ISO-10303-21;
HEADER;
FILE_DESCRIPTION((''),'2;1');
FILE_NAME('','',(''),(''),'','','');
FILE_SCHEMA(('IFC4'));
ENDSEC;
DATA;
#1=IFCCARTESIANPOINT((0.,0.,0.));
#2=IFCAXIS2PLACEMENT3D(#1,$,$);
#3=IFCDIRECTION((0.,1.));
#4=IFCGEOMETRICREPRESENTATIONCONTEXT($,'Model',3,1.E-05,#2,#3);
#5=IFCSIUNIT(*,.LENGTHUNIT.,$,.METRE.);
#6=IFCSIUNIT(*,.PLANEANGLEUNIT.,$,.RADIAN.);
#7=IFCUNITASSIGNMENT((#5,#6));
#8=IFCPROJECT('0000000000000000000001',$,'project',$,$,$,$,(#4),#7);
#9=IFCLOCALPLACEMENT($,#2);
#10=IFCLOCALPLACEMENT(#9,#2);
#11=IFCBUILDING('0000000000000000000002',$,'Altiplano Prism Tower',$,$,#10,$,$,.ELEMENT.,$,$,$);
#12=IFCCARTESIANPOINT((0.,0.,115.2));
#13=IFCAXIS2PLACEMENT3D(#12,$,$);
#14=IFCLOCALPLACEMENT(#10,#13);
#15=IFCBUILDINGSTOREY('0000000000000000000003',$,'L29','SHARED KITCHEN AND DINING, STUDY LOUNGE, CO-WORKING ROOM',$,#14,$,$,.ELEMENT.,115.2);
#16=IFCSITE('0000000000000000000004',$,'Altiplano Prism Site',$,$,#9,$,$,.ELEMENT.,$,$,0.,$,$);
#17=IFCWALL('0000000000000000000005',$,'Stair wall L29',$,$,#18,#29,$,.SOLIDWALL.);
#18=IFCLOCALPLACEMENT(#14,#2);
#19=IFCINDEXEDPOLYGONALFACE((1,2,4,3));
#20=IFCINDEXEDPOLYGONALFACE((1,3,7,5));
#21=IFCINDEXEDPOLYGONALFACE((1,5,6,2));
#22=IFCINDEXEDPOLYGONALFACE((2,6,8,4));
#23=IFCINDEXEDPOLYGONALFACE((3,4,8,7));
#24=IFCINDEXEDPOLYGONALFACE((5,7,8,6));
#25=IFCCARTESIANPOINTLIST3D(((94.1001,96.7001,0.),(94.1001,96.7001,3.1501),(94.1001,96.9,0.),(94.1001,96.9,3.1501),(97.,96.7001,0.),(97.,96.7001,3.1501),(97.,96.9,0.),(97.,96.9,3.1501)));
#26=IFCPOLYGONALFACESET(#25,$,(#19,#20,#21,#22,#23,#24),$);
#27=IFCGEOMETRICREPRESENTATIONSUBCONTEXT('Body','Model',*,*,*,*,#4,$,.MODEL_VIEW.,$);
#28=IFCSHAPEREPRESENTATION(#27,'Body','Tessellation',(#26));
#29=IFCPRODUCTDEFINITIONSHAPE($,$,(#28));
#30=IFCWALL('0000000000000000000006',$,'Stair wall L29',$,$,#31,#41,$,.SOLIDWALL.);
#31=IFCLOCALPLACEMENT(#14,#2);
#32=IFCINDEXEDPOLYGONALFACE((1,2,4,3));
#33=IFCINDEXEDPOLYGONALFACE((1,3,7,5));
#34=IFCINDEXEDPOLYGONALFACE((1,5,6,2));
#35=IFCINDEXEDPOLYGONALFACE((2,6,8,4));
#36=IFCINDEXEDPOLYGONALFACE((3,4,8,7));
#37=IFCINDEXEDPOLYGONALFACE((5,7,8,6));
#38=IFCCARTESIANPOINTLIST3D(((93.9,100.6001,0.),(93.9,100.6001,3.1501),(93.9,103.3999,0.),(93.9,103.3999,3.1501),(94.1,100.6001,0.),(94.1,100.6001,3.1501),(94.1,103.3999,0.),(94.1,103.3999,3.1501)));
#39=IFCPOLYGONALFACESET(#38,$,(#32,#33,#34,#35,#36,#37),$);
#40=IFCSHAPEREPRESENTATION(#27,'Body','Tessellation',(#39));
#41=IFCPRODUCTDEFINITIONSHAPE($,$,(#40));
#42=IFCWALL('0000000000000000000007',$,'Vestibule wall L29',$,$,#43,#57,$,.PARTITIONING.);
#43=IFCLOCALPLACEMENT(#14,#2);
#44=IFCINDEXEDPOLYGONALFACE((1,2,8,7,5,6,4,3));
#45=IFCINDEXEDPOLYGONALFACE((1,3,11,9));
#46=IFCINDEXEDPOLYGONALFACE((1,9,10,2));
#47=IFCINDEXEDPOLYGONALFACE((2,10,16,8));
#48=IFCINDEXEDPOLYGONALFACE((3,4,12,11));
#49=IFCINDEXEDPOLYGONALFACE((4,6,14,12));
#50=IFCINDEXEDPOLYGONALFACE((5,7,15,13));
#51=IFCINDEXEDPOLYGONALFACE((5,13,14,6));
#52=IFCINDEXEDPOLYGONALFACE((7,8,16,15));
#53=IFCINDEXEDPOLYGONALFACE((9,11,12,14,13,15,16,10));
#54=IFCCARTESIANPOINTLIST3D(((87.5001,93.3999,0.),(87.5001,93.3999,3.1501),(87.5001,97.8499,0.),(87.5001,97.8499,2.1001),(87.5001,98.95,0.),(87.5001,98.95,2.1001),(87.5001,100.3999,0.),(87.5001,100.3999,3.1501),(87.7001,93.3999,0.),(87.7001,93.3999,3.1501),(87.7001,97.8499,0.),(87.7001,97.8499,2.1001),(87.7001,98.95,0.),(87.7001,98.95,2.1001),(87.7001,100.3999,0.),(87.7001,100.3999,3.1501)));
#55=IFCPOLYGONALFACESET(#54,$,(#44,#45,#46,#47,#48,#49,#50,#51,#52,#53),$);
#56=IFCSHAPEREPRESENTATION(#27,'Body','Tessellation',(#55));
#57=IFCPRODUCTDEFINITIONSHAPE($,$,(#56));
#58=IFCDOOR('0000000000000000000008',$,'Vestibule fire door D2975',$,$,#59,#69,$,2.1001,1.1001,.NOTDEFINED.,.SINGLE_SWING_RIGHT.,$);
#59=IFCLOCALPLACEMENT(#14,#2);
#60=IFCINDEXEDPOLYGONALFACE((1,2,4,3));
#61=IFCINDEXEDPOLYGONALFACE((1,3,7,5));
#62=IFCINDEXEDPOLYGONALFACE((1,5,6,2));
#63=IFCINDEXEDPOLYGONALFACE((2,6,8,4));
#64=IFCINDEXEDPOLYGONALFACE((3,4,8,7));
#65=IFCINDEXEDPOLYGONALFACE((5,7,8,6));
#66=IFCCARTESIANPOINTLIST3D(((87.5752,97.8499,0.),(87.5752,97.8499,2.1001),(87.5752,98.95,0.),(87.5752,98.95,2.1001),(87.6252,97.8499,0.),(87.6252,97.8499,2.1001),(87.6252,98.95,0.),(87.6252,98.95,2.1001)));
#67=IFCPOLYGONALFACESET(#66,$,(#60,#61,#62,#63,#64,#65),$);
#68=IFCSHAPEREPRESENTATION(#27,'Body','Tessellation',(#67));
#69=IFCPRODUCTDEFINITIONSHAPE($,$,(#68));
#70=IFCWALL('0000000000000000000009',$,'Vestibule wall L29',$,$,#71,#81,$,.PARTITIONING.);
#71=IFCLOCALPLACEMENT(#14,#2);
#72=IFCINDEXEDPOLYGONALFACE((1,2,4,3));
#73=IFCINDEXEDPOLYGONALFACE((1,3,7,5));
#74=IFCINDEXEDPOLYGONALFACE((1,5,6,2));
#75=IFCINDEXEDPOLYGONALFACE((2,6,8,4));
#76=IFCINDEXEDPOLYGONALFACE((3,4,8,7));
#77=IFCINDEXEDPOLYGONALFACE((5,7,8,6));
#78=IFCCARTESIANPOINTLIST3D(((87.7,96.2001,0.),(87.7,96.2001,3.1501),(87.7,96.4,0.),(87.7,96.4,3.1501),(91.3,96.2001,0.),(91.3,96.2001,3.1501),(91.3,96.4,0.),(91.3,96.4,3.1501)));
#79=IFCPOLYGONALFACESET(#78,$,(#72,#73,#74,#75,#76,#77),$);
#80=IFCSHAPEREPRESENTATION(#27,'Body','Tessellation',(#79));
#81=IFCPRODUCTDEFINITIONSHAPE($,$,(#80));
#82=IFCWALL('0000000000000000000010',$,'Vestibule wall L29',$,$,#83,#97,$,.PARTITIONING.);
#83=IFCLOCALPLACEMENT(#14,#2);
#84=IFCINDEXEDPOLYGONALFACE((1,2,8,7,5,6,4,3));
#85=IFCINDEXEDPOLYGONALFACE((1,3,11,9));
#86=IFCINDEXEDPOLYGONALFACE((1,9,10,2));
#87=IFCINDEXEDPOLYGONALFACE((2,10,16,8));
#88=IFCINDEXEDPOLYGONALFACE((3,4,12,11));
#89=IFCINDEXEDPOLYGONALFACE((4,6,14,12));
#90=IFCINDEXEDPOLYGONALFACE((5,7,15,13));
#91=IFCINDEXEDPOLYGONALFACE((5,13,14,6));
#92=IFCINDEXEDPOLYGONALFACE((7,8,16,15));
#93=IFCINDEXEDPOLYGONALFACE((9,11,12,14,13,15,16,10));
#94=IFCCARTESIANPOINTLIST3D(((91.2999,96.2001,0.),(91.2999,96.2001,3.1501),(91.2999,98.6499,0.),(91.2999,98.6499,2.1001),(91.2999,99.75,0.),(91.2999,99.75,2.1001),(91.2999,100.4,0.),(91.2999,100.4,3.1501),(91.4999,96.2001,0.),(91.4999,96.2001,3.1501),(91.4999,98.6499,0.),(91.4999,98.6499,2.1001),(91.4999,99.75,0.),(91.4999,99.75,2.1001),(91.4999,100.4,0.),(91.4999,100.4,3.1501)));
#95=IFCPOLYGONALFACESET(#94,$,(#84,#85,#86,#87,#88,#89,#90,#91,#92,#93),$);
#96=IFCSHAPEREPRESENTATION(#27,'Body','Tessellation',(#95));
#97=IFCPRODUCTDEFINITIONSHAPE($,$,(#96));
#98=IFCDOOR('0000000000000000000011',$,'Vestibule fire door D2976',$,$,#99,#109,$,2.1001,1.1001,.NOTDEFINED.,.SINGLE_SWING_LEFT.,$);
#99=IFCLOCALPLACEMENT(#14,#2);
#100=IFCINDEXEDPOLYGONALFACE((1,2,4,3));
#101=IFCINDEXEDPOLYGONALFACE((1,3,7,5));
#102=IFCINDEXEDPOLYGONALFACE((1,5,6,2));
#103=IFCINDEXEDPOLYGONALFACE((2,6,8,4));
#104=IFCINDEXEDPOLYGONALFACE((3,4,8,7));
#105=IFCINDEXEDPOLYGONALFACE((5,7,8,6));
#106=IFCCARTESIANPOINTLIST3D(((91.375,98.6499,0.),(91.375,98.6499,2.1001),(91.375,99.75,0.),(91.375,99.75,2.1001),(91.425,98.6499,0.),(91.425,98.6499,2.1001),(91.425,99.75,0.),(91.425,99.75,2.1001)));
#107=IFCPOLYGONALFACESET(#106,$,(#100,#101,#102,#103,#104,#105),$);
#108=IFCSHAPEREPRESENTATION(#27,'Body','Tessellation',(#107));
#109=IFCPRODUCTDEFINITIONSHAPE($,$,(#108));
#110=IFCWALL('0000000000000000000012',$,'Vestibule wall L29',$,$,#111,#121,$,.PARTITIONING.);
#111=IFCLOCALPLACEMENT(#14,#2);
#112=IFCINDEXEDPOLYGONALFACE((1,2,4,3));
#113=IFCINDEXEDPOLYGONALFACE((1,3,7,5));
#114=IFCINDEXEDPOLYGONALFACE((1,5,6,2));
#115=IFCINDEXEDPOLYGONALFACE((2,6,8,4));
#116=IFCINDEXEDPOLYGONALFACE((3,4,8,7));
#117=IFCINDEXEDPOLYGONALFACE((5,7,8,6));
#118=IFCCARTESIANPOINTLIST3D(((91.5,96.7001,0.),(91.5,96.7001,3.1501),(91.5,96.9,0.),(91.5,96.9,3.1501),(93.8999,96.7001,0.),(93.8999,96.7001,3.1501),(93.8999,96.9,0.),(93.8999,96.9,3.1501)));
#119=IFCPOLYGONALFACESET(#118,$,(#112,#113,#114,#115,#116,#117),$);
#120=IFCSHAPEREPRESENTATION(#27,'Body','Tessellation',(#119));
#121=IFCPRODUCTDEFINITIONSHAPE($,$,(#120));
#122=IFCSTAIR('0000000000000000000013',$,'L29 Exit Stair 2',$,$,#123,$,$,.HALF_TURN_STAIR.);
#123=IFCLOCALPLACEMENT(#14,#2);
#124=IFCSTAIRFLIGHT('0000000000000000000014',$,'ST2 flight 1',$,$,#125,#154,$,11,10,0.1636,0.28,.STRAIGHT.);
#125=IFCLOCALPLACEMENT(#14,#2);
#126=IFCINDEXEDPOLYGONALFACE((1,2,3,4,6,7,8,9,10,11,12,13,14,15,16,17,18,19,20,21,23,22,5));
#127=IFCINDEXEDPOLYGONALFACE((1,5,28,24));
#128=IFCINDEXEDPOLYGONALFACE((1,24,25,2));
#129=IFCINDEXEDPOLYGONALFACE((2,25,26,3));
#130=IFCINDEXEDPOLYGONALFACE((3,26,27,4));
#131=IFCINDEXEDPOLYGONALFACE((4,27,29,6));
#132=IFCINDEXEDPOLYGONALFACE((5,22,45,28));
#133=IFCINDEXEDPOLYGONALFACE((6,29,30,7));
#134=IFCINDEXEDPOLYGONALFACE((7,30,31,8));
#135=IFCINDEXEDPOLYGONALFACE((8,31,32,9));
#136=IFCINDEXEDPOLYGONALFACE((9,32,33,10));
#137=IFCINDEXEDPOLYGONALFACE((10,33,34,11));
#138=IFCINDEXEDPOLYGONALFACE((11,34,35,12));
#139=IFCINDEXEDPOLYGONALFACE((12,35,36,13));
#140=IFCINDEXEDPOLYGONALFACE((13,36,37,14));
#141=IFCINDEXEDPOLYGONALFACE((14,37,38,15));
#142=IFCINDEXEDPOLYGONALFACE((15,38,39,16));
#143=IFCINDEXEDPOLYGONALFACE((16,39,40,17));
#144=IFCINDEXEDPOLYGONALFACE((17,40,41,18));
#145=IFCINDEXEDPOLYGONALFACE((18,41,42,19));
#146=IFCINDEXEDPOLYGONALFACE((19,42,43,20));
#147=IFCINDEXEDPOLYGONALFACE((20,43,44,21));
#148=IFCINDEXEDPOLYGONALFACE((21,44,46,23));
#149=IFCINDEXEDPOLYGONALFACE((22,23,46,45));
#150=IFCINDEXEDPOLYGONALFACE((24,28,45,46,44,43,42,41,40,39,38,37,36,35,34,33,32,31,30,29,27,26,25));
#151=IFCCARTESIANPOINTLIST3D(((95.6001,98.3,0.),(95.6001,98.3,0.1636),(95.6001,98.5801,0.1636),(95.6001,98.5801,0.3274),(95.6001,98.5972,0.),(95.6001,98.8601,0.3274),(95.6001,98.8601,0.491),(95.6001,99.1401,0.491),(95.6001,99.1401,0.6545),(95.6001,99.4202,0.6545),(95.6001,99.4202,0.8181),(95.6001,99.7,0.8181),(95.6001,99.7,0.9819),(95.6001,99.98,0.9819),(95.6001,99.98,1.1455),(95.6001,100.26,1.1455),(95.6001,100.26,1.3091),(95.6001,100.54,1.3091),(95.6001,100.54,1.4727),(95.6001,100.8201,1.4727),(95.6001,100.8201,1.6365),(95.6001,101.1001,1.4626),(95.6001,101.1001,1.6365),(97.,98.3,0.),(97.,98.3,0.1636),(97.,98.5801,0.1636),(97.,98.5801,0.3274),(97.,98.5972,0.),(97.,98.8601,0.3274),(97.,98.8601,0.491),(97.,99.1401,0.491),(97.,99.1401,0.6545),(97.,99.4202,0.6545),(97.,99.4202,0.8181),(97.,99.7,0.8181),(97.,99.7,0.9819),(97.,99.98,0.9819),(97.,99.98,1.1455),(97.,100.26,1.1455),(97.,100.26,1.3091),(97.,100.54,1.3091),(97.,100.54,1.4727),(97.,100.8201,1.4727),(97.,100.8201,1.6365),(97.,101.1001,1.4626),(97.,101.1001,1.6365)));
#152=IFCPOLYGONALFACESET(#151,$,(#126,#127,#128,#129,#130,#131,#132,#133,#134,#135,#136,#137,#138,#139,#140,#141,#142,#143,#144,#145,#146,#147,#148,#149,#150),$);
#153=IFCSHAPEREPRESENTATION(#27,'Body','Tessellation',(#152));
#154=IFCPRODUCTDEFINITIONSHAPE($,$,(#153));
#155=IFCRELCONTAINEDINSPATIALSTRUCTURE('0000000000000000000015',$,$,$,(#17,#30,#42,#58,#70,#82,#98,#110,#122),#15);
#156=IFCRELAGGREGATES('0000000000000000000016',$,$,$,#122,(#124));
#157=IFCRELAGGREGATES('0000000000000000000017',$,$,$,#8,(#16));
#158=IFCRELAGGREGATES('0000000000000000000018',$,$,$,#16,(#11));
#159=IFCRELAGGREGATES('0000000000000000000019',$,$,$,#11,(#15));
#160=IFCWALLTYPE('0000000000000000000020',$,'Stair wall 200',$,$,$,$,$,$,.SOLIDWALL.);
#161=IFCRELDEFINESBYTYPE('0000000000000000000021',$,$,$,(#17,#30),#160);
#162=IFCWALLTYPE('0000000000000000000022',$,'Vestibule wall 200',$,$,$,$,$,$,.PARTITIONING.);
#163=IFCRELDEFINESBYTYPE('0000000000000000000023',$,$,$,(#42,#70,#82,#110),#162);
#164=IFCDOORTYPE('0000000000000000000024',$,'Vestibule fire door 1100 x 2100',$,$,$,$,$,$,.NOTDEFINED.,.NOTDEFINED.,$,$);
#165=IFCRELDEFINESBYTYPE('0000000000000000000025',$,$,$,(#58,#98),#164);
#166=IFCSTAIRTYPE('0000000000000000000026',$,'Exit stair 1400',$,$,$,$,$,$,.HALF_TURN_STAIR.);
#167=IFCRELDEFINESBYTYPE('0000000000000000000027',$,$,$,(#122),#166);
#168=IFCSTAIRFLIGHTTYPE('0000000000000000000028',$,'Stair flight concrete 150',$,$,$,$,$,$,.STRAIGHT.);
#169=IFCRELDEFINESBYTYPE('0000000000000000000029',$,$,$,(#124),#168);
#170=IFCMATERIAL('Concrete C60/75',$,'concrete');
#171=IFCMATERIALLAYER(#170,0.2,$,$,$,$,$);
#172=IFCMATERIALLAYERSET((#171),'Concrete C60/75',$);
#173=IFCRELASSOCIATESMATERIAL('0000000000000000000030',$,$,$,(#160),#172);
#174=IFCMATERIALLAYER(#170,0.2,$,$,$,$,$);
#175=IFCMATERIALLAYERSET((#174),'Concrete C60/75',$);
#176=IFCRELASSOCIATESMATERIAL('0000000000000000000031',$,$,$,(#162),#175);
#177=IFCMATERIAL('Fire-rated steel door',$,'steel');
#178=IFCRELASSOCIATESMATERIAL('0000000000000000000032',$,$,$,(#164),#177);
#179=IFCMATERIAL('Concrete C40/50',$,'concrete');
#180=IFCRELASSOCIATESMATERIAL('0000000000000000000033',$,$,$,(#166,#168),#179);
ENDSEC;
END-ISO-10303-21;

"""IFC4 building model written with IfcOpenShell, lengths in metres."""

from ifc_helpers import new_model, si_unit, direction, frame, frame_2d, origin, place, context, subcontext, project, spatial, polyline, rectangle, outline, extrude, material, layer, layer_set, type_object, element, fill, aggregate, save


model = new_model("IFC4")

# Units and contexts
model_context = context("Model", 3, precision=1e-05, world=origin(), true_north=direction((0.0, 1.0)))
body_context = subcontext(model_context, "Body", "Model", "MODEL_VIEW")
ifc_project = project(units=[si_unit("LENGTHUNIT", "METRE"), si_unit("PLANEANGLEUNIT", "RADIAN")], contexts=[model_context])

# Site, building, storey
site_placement = place(None, origin())
site = spatial("IfcSite", under=ifc_project, at=site_placement, Name="Altiplano Prism Site", CompositionType="ELEMENT", RefElevation=0.0)
building_placement = place(site_placement, origin())
building = spatial("IfcBuilding", under=site, at=building_placement, Name="Altiplano Prism Tower", CompositionType="ELEMENT")
storey_placement = place(building_placement, frame((0.0, 0.0, 115.2)))
storey = spatial("IfcBuildingStorey", under=building, at=storey_placement, Name="L29", Description="SHARED KITCHEN AND DINING, STUDY LOUNGE, CO-WORKING ROOM", CompositionType="ELEMENT", Elevation=115.2)

# Shared definitions
ifc_material_1 = material(Name="Concrete C60/75", Category="concrete")

# Shared definitions
ifc_layer_1 = layer(ifc_material_1, 0.2)
ifc_layer_set_1 = layer_set([ifc_layer_1], Name="Concrete C60/75")
wall_type_1 = type_object("IfcWallType", Name="Stair wall 200", PredefinedType="SOLIDWALL", material=ifc_layer_set_1)
ifc_material_2 = material(Name="Fire-rated steel door", Category="steel")

# Walls
wall_1_placement = place(storey_placement, frame((94.1001, 96.8, 0.0), z_axis=(0.0, 0.0, 1.0), x_axis=(1.0, 0.0, 0.0)))
element("IfcWall", 1, at=wall_1_placement, inside=storey, type_object=wall_type_1, Name="Stair wall L29", PredefinedType="SOLIDWALL", context=body_context, shape_type="SweptSolid", body=[
    extrude(rectangle(XDim=2.8999, YDim=0.2, at=frame_2d((1.45, 0.0))), origin(), (0.0, 0.0, 1.0), 3.1501),
])
wall_2_placement = place(storey_placement, frame((94.0, 100.6001, 0.0), z_axis=(0.0, 0.0, 1.0), x_axis=(0.0, 1.0, 0.0)))
element("IfcWall", 2, at=wall_2_placement, inside=storey, type_object=wall_type_1, Name="Stair wall L29", PredefinedType="SOLIDWALL", context=body_context, shape_type="SweptSolid", body=[
    extrude(rectangle(XDim=2.7998, YDim=0.2, at=frame_2d((1.3999, 0.0))), origin(), (0.0, 0.0, 1.0), 3.1501),
])

# Wall, opening, door
ifc_layer_2 = layer(ifc_material_1, 0.2)
ifc_layer_set_2 = layer_set([ifc_layer_2], Name="Concrete C60/75")
wall_type_2 = type_object("IfcWallType", Name="Vestibule wall 200", PredefinedType="PARTITIONING", material=ifc_layer_set_2)
wall_3_placement = place(storey_placement, frame((87.6001, 93.3999, 0.0), z_axis=(0.0, 0.0, 1.0), x_axis=(0.0, 1.0, 0.0)))
wall_3 = element("IfcWall", 3, at=wall_3_placement, inside=storey, type_object=wall_type_2, Name="Vestibule wall L29", PredefinedType="PARTITIONING", context=body_context, shape_type="SweptSolid", body=[
    extrude(rectangle(XDim=7.0, YDim=0.2, at=frame_2d((3.5, 0.0))), origin(), (0.0, 0.0, 1.0), 3.1501),
])
opening_1_placement = place(wall_3_placement, frame((4.45, 0.0, 0.0)))
opening_1 = element("IfcOpeningElement", 4, at=opening_1_placement, cuts=wall_3, PredefinedType="OPENING", context=body_context, shape_type="SweptSolid", body=[
    extrude(rectangle(XDim=1.1001, YDim=2.1001, at=frame_2d((0.55, 1.05))), frame((0.0, 0.1104, 0.0), z_axis=(0.0, -1.0, 0.0), x_axis=(1.0, 0.0, 0.0)), (0.0, 0.0, 1.0), 0.2209),
])
door_type_1 = type_object("IfcDoorType", Name="Vestibule fire door 1100 x 2100", OperationType="NOTDEFINED", PredefinedType="NOTDEFINED", material=ifc_material_2)
door_1_placement = place(opening_1_placement, origin())
door_1 = element("IfcDoor", 5, at=door_1_placement, inside=storey, type_object=door_type_1, Name="Vestibule fire door D2975", OperationType="SINGLE_SWING_RIGHT", OverallHeight=2.1001, OverallWidth=1.1001, PredefinedType="NOTDEFINED", context=body_context, shape_type="SweptSolid", body=[
    extrude(rectangle(XDim=1.1001, YDim=2.1001, at=frame_2d((0.55, 1.05))), frame((0.0, 0.0249, 0.0), z_axis=(0.0, -1.0, 0.0), x_axis=(1.0, 0.0, 0.0)), (0.0, 0.0, 1.0), 0.05),
])
fill(opening_1, door_1)

# Wall
wall_4_placement = place(storey_placement, frame((87.7, 96.3, 0.0), z_axis=(0.0, 0.0, 1.0), x_axis=(1.0, 0.0, 0.0)))
element("IfcWall", 6, at=wall_4_placement, inside=storey, type_object=wall_type_2, Name="Vestibule wall L29", PredefinedType="PARTITIONING", context=body_context, shape_type="SweptSolid", body=[
    extrude(rectangle(XDim=3.6001, YDim=0.2, at=frame_2d((1.8, 0.0))), origin(), (0.0, 0.0, 1.0), 3.1501),
])

# Wall, opening, door
wall_5_placement = place(storey_placement, frame((91.3999, 96.2, 0.0), z_axis=(0.0, 0.0, 1.0), x_axis=(0.0, 1.0, 0.0)))
wall_5 = element("IfcWall", 7, at=wall_5_placement, inside=storey, type_object=wall_type_2, Name="Vestibule wall L29", PredefinedType="PARTITIONING", context=body_context, shape_type="SweptSolid", body=[
    extrude(rectangle(XDim=4.2, YDim=0.2, at=frame_2d((2.1001, 0.0))), origin(), (0.0, 0.0, 1.0), 3.1501),
])
opening_2_placement = place(wall_5_placement, frame((2.45, 0.0, 0.0)))
opening_2 = element("IfcOpeningElement", 8, at=opening_2_placement, cuts=wall_5, PredefinedType="OPENING", context=body_context, shape_type="SweptSolid", body=[
    extrude(rectangle(XDim=1.1001, YDim=2.1001, at=frame_2d((0.55, 1.05))), frame((0.0, 0.1104, 0.0), z_axis=(0.0, -1.0, 0.0), x_axis=(1.0, 0.0, 0.0)), (0.0, 0.0, 1.0), 0.2209),
])
door_2_placement = place(opening_2_placement, origin())
door_2 = element("IfcDoor", 9, at=door_2_placement, inside=storey, type_object=door_type_1, Name="Vestibule fire door D2976", OperationType="SINGLE_SWING_LEFT", OverallHeight=2.1001, OverallWidth=1.1001, PredefinedType="NOTDEFINED", context=body_context, shape_type="SweptSolid", body=[
    extrude(rectangle(XDim=1.1001, YDim=2.1001, at=frame_2d((0.55, 1.05))), frame((0.0, 0.0249, 0.0), z_axis=(0.0, -1.0, 0.0), x_axis=(1.0, 0.0, 0.0)), (0.0, 0.0, 1.0), 0.05),
])
fill(opening_2, door_2)

# Wall
wall_6_placement = place(storey_placement, frame((91.5, 96.8, 0.0), z_axis=(0.0, 0.0, 1.0), x_axis=(1.0, 0.0, 0.0)))
element("IfcWall", 10, at=wall_6_placement, inside=storey, type_object=wall_type_2, Name="Vestibule wall L29", PredefinedType="PARTITIONING", context=body_context, shape_type="SweptSolid", body=[
    extrude(rectangle(XDim=2.3999, YDim=0.2, at=frame_2d((1.2, 0.0))), origin(), (0.0, 0.0, 1.0), 3.1501),
])

# Stair, stair flight
ifc_material_3 = material(Name="Concrete C40/50", Category="concrete")
stair_type_1 = type_object("IfcStairType", Name="Exit stair 1400", PredefinedType="HALF_TURN_STAIR", material=ifc_material_3)
stair_1_placement = place(storey_placement, origin())
stair_1 = element("IfcStair", 11, at=stair_1_placement, inside=storey, type_object=stair_type_1, Name="L29 Exit Stair 2", PredefinedType="HALF_TURN_STAIR")
stair_flight_type = type_object("IfcStairFlightType", Name="Stair flight concrete 150", PredefinedType="STRAIGHT", material=ifc_material_3)
stair_flight_1_placement = place(storey_placement, frame((96.3, 98.3, 0.0), z_axis=(0.0, 0.0, 1.0), x_axis=(0.0, 1.0, 0.0)))
stair_flight_1 = element("IfcStairFlight", 12, at=stair_flight_1_placement, type_object=stair_flight_type, Name="ST2 flight 1", NumberOfRisers=11, NumberOfTreads=10, PredefinedType="STRAIGHT", RiserHeight=0.1636, TreadLength=0.28, context=body_context, shape_type="SweptSolid", body=[
    extrude(outline(polyline([(0.0, 0.0), (0.0, 0.1636), (0.28, 0.1636), (0.28, 0.3274), (0.5601, 0.3274), (0.5601, 0.491), (0.8401, 0.491), (0.8401, 0.6545), (1.1201, 0.6545), (1.1201, 0.8181), (1.3999, 0.8181), (1.3999, 0.9819), (1.6799, 0.9819), (1.6799, 1.1455), (1.96, 1.1455), (1.96, 1.3091), (2.24, 1.3091), (2.24, 1.4727), (2.52, 1.4727), (2.52, 1.6365), (2.8, 1.6365), (2.8, 1.8), (2.8, 1.4626), (0.2971, 0.0), (0.0, 0.0)])), frame((0.0, 0.7, 0.0), z_axis=(0.0, -1.0, 0.0), x_axis=(1.0, 0.0, 0.0)), (0.0, 0.0, 1.0), 1.3999),
])
aggregate(stair_1, [stair_flight_1])

save(model, "model.ifc")
